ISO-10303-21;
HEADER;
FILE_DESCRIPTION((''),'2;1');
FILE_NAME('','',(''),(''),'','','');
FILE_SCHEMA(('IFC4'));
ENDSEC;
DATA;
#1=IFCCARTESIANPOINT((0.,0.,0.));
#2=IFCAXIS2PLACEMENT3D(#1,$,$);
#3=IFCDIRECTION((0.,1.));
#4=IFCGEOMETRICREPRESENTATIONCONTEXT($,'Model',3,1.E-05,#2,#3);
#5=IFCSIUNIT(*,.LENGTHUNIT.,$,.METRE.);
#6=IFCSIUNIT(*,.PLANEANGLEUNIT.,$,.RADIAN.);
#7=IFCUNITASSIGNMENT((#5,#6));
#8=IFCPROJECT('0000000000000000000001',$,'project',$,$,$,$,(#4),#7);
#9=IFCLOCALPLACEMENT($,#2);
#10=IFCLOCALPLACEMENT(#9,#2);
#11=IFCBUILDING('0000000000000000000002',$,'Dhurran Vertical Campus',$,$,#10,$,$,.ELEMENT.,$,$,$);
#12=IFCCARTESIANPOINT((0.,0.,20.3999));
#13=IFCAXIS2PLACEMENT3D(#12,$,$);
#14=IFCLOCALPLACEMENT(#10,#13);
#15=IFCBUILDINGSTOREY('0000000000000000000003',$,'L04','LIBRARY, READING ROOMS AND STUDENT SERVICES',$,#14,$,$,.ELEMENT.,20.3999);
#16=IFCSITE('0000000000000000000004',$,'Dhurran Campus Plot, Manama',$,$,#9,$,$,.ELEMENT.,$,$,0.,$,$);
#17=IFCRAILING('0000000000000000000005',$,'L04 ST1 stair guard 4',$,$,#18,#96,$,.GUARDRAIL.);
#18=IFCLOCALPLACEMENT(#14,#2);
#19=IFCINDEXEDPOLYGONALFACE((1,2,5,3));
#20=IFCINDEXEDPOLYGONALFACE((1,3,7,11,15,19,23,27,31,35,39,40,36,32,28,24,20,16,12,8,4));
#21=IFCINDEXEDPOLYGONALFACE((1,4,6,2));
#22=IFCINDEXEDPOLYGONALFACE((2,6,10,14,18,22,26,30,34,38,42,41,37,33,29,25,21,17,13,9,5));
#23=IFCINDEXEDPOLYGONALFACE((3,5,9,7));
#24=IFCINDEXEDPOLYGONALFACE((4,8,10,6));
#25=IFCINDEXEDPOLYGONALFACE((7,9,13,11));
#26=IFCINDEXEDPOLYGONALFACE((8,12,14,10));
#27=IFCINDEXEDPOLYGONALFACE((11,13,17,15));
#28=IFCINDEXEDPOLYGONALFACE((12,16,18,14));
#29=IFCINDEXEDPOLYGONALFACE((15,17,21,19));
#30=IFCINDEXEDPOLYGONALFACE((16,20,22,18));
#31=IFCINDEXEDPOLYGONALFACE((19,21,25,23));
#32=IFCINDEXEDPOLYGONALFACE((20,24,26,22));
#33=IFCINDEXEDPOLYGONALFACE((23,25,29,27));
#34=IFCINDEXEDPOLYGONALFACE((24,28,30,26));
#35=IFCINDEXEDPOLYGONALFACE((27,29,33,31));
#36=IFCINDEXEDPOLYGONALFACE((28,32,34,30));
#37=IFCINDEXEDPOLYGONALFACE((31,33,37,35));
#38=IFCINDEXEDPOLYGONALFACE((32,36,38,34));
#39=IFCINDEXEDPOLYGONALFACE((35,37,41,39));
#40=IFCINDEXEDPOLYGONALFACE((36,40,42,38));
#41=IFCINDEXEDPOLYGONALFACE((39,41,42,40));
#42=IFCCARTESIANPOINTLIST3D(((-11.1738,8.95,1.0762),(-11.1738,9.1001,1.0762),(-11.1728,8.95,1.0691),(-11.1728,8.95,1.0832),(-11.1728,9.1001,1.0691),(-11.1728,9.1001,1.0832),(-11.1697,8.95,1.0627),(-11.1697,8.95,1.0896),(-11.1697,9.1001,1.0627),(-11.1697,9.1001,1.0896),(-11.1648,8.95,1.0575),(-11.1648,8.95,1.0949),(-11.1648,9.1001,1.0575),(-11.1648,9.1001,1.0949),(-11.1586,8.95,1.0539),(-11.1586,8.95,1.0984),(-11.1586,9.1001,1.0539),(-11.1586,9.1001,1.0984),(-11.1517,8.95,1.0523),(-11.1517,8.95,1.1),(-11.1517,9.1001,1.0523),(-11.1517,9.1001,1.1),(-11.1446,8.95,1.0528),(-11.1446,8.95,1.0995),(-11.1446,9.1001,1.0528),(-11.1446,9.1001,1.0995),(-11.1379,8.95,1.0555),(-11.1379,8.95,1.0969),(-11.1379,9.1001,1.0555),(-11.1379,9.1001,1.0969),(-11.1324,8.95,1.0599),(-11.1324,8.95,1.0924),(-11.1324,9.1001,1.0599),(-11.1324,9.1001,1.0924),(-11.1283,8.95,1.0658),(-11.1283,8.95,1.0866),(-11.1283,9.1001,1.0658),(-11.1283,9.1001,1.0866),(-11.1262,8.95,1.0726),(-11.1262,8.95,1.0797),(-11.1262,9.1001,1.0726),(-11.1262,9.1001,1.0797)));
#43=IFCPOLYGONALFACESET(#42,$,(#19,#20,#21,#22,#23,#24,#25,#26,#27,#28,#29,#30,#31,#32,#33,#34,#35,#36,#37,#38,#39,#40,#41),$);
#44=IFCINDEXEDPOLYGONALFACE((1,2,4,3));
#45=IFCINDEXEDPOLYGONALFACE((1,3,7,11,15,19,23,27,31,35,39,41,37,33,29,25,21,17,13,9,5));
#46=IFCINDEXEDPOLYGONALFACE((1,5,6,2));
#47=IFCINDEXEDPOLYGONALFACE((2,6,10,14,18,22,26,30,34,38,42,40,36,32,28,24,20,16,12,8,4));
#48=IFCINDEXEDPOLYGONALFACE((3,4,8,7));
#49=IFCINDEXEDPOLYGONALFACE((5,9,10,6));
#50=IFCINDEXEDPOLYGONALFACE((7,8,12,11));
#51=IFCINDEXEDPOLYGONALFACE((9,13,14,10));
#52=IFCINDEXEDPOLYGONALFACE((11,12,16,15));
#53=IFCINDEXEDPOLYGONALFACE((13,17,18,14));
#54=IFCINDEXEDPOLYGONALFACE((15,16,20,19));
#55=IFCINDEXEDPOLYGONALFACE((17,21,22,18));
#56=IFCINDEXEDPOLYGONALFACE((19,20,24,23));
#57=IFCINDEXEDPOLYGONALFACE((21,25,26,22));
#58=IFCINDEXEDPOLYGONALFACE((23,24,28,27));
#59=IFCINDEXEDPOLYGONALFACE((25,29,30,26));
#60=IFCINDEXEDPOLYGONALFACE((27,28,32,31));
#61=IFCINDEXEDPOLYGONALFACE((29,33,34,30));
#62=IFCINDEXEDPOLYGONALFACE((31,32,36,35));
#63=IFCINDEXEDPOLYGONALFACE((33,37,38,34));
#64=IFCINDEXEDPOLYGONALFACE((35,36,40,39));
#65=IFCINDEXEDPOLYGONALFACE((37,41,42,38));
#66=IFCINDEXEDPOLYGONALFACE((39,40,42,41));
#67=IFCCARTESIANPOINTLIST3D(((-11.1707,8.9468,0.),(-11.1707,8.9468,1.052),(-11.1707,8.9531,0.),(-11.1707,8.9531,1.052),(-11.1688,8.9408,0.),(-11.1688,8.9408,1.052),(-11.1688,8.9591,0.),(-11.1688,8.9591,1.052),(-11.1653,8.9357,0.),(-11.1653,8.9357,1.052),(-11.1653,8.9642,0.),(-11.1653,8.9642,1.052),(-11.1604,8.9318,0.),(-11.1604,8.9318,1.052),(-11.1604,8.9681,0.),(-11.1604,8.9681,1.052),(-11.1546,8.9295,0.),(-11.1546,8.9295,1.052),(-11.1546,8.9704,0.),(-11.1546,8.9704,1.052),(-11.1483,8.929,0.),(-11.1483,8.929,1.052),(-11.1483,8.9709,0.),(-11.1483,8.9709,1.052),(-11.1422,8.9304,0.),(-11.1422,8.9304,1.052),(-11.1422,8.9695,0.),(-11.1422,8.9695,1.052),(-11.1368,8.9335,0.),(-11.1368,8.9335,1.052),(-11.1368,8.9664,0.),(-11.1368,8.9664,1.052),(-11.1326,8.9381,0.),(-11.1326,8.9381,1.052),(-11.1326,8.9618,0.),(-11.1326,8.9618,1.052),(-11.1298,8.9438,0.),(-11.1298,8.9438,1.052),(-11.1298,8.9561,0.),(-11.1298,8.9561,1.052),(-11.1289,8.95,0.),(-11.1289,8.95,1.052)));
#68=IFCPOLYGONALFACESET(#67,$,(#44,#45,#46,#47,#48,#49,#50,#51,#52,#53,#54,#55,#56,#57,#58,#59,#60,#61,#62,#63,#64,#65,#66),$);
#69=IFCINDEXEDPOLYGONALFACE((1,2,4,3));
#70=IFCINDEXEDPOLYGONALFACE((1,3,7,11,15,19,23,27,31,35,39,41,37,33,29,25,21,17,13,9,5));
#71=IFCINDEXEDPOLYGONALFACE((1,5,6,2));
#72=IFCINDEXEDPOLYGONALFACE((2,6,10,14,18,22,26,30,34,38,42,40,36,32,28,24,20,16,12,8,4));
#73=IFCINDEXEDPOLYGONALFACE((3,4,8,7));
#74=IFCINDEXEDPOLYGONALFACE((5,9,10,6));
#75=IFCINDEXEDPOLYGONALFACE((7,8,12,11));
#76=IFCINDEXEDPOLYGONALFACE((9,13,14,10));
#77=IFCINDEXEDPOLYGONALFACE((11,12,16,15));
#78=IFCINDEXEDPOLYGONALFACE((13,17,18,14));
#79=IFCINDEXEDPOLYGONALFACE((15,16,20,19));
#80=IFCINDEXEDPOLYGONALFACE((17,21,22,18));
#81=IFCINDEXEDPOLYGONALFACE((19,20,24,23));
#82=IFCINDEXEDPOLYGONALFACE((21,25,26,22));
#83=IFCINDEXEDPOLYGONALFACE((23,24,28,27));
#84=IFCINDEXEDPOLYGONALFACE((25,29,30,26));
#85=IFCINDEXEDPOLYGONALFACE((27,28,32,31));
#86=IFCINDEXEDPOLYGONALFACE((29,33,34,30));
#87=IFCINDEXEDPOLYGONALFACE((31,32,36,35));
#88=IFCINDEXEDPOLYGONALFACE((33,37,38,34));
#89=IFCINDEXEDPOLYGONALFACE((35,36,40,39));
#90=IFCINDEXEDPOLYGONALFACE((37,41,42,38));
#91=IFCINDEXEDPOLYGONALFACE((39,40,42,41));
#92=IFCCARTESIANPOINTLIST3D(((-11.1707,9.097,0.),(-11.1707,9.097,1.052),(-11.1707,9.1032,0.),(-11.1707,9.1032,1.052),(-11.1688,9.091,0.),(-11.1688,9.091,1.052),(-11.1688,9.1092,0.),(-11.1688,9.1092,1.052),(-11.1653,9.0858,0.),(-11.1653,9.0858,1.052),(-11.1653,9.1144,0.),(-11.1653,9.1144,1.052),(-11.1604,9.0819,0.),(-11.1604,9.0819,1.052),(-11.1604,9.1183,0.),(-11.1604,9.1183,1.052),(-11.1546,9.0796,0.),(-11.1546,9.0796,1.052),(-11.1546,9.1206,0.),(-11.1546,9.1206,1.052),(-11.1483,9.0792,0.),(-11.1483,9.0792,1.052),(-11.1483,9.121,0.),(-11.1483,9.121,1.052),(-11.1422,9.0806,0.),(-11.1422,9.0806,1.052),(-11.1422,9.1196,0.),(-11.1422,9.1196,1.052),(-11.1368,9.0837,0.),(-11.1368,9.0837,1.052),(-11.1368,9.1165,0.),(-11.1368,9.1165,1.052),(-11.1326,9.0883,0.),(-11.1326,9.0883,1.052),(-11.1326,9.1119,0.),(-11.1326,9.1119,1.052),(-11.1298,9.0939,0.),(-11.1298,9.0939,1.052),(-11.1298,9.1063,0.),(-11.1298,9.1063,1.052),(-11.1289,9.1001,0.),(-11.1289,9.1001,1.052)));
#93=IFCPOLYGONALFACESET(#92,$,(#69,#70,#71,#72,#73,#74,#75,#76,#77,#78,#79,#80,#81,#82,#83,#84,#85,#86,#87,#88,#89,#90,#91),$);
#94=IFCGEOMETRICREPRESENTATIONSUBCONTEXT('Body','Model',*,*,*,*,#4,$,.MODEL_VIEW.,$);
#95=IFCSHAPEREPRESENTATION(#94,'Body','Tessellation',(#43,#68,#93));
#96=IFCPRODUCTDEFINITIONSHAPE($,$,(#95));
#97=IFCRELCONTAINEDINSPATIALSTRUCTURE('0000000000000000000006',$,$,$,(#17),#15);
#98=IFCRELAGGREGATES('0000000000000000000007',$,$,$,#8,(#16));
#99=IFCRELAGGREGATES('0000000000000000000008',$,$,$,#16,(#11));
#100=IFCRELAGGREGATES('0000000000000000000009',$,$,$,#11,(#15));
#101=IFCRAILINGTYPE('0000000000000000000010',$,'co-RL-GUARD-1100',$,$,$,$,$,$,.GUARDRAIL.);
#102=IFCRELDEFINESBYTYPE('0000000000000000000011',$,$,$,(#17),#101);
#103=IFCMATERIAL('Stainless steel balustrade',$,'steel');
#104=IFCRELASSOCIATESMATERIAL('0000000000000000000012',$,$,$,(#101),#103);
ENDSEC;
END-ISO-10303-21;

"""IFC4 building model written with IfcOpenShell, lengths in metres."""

from ifc_helpers import new_model, si_unit, direction, frame, origin, origin_2d, place, context, subcontext, project, spatial, circle, extrude, material, type_object, element, save


model = new_model("IFC4")

# Units and contexts
model_context = context("Model", 3, precision=1e-05, world=origin(), true_north=direction((0.0, 1.0)))
body_context = subcontext(model_context, "Body", "Model", "MODEL_VIEW")
ifc_project = project(units=[si_unit("LENGTHUNIT", "METRE"), si_unit("PLANEANGLEUNIT", "RADIAN")], contexts=[model_context])

# Site, building, storey
site_placement = place(None, origin())
site = spatial("IfcSite", under=ifc_project, at=site_placement, Name="Dhurran Campus Plot, Manama", CompositionType="ELEMENT", RefElevation=0.0)
building_placement = place(site_placement, origin())
building = spatial("IfcBuilding", under=site, at=building_placement, Name="Dhurran Vertical Campus", CompositionType="ELEMENT")
storey_placement = place(building_placement, frame((0.0, 0.0, 20.3999)))
storey = spatial("IfcBuildingStorey", under=building, at=storey_placement, Name="L04", Description="LIBRARY, READING ROOMS AND STUDENT SERVICES", CompositionType="ELEMENT", Elevation=20.3999)

# Railing
ifc_material_1 = material(Name="Stainless steel balustrade", Category="steel")
railing_type_1 = type_object("IfcRailingType", Name="co-RL-GUARD-1100", PredefinedType="GUARDRAIL", material=ifc_material_1)
railing_1_placement = place(storey_placement, frame((-11.1499, 8.95, 0.0)))
element("IfcRailing", 1, at=railing_1_placement, inside=storey, type_object=railing_type_1, Name="L04 ST1 stair guard 4", PredefinedType="GUARDRAIL", context=body_context, shape_type="SweptSolid", body=[
    extrude(circle(Radius=0.0239, at=origin_2d()), frame((0.0, 0.0, 1.0762), z_axis=(0.0, 1.0, 0.0), x_axis=(-1.0, 0.0, 0.0)), (0.0, 0.0, 1.0), 0.1501),
    extrude(circle(Radius=0.021, at=origin_2d()), origin(), (0.0, 0.0, 1.0), 1.052),
    extrude(circle(Radius=0.021, at=origin_2d()), frame((0.0, 0.1501, 0.0)), (0.0, 0.0, 1.0), 1.052),
])

save(model, "model.ifc")
